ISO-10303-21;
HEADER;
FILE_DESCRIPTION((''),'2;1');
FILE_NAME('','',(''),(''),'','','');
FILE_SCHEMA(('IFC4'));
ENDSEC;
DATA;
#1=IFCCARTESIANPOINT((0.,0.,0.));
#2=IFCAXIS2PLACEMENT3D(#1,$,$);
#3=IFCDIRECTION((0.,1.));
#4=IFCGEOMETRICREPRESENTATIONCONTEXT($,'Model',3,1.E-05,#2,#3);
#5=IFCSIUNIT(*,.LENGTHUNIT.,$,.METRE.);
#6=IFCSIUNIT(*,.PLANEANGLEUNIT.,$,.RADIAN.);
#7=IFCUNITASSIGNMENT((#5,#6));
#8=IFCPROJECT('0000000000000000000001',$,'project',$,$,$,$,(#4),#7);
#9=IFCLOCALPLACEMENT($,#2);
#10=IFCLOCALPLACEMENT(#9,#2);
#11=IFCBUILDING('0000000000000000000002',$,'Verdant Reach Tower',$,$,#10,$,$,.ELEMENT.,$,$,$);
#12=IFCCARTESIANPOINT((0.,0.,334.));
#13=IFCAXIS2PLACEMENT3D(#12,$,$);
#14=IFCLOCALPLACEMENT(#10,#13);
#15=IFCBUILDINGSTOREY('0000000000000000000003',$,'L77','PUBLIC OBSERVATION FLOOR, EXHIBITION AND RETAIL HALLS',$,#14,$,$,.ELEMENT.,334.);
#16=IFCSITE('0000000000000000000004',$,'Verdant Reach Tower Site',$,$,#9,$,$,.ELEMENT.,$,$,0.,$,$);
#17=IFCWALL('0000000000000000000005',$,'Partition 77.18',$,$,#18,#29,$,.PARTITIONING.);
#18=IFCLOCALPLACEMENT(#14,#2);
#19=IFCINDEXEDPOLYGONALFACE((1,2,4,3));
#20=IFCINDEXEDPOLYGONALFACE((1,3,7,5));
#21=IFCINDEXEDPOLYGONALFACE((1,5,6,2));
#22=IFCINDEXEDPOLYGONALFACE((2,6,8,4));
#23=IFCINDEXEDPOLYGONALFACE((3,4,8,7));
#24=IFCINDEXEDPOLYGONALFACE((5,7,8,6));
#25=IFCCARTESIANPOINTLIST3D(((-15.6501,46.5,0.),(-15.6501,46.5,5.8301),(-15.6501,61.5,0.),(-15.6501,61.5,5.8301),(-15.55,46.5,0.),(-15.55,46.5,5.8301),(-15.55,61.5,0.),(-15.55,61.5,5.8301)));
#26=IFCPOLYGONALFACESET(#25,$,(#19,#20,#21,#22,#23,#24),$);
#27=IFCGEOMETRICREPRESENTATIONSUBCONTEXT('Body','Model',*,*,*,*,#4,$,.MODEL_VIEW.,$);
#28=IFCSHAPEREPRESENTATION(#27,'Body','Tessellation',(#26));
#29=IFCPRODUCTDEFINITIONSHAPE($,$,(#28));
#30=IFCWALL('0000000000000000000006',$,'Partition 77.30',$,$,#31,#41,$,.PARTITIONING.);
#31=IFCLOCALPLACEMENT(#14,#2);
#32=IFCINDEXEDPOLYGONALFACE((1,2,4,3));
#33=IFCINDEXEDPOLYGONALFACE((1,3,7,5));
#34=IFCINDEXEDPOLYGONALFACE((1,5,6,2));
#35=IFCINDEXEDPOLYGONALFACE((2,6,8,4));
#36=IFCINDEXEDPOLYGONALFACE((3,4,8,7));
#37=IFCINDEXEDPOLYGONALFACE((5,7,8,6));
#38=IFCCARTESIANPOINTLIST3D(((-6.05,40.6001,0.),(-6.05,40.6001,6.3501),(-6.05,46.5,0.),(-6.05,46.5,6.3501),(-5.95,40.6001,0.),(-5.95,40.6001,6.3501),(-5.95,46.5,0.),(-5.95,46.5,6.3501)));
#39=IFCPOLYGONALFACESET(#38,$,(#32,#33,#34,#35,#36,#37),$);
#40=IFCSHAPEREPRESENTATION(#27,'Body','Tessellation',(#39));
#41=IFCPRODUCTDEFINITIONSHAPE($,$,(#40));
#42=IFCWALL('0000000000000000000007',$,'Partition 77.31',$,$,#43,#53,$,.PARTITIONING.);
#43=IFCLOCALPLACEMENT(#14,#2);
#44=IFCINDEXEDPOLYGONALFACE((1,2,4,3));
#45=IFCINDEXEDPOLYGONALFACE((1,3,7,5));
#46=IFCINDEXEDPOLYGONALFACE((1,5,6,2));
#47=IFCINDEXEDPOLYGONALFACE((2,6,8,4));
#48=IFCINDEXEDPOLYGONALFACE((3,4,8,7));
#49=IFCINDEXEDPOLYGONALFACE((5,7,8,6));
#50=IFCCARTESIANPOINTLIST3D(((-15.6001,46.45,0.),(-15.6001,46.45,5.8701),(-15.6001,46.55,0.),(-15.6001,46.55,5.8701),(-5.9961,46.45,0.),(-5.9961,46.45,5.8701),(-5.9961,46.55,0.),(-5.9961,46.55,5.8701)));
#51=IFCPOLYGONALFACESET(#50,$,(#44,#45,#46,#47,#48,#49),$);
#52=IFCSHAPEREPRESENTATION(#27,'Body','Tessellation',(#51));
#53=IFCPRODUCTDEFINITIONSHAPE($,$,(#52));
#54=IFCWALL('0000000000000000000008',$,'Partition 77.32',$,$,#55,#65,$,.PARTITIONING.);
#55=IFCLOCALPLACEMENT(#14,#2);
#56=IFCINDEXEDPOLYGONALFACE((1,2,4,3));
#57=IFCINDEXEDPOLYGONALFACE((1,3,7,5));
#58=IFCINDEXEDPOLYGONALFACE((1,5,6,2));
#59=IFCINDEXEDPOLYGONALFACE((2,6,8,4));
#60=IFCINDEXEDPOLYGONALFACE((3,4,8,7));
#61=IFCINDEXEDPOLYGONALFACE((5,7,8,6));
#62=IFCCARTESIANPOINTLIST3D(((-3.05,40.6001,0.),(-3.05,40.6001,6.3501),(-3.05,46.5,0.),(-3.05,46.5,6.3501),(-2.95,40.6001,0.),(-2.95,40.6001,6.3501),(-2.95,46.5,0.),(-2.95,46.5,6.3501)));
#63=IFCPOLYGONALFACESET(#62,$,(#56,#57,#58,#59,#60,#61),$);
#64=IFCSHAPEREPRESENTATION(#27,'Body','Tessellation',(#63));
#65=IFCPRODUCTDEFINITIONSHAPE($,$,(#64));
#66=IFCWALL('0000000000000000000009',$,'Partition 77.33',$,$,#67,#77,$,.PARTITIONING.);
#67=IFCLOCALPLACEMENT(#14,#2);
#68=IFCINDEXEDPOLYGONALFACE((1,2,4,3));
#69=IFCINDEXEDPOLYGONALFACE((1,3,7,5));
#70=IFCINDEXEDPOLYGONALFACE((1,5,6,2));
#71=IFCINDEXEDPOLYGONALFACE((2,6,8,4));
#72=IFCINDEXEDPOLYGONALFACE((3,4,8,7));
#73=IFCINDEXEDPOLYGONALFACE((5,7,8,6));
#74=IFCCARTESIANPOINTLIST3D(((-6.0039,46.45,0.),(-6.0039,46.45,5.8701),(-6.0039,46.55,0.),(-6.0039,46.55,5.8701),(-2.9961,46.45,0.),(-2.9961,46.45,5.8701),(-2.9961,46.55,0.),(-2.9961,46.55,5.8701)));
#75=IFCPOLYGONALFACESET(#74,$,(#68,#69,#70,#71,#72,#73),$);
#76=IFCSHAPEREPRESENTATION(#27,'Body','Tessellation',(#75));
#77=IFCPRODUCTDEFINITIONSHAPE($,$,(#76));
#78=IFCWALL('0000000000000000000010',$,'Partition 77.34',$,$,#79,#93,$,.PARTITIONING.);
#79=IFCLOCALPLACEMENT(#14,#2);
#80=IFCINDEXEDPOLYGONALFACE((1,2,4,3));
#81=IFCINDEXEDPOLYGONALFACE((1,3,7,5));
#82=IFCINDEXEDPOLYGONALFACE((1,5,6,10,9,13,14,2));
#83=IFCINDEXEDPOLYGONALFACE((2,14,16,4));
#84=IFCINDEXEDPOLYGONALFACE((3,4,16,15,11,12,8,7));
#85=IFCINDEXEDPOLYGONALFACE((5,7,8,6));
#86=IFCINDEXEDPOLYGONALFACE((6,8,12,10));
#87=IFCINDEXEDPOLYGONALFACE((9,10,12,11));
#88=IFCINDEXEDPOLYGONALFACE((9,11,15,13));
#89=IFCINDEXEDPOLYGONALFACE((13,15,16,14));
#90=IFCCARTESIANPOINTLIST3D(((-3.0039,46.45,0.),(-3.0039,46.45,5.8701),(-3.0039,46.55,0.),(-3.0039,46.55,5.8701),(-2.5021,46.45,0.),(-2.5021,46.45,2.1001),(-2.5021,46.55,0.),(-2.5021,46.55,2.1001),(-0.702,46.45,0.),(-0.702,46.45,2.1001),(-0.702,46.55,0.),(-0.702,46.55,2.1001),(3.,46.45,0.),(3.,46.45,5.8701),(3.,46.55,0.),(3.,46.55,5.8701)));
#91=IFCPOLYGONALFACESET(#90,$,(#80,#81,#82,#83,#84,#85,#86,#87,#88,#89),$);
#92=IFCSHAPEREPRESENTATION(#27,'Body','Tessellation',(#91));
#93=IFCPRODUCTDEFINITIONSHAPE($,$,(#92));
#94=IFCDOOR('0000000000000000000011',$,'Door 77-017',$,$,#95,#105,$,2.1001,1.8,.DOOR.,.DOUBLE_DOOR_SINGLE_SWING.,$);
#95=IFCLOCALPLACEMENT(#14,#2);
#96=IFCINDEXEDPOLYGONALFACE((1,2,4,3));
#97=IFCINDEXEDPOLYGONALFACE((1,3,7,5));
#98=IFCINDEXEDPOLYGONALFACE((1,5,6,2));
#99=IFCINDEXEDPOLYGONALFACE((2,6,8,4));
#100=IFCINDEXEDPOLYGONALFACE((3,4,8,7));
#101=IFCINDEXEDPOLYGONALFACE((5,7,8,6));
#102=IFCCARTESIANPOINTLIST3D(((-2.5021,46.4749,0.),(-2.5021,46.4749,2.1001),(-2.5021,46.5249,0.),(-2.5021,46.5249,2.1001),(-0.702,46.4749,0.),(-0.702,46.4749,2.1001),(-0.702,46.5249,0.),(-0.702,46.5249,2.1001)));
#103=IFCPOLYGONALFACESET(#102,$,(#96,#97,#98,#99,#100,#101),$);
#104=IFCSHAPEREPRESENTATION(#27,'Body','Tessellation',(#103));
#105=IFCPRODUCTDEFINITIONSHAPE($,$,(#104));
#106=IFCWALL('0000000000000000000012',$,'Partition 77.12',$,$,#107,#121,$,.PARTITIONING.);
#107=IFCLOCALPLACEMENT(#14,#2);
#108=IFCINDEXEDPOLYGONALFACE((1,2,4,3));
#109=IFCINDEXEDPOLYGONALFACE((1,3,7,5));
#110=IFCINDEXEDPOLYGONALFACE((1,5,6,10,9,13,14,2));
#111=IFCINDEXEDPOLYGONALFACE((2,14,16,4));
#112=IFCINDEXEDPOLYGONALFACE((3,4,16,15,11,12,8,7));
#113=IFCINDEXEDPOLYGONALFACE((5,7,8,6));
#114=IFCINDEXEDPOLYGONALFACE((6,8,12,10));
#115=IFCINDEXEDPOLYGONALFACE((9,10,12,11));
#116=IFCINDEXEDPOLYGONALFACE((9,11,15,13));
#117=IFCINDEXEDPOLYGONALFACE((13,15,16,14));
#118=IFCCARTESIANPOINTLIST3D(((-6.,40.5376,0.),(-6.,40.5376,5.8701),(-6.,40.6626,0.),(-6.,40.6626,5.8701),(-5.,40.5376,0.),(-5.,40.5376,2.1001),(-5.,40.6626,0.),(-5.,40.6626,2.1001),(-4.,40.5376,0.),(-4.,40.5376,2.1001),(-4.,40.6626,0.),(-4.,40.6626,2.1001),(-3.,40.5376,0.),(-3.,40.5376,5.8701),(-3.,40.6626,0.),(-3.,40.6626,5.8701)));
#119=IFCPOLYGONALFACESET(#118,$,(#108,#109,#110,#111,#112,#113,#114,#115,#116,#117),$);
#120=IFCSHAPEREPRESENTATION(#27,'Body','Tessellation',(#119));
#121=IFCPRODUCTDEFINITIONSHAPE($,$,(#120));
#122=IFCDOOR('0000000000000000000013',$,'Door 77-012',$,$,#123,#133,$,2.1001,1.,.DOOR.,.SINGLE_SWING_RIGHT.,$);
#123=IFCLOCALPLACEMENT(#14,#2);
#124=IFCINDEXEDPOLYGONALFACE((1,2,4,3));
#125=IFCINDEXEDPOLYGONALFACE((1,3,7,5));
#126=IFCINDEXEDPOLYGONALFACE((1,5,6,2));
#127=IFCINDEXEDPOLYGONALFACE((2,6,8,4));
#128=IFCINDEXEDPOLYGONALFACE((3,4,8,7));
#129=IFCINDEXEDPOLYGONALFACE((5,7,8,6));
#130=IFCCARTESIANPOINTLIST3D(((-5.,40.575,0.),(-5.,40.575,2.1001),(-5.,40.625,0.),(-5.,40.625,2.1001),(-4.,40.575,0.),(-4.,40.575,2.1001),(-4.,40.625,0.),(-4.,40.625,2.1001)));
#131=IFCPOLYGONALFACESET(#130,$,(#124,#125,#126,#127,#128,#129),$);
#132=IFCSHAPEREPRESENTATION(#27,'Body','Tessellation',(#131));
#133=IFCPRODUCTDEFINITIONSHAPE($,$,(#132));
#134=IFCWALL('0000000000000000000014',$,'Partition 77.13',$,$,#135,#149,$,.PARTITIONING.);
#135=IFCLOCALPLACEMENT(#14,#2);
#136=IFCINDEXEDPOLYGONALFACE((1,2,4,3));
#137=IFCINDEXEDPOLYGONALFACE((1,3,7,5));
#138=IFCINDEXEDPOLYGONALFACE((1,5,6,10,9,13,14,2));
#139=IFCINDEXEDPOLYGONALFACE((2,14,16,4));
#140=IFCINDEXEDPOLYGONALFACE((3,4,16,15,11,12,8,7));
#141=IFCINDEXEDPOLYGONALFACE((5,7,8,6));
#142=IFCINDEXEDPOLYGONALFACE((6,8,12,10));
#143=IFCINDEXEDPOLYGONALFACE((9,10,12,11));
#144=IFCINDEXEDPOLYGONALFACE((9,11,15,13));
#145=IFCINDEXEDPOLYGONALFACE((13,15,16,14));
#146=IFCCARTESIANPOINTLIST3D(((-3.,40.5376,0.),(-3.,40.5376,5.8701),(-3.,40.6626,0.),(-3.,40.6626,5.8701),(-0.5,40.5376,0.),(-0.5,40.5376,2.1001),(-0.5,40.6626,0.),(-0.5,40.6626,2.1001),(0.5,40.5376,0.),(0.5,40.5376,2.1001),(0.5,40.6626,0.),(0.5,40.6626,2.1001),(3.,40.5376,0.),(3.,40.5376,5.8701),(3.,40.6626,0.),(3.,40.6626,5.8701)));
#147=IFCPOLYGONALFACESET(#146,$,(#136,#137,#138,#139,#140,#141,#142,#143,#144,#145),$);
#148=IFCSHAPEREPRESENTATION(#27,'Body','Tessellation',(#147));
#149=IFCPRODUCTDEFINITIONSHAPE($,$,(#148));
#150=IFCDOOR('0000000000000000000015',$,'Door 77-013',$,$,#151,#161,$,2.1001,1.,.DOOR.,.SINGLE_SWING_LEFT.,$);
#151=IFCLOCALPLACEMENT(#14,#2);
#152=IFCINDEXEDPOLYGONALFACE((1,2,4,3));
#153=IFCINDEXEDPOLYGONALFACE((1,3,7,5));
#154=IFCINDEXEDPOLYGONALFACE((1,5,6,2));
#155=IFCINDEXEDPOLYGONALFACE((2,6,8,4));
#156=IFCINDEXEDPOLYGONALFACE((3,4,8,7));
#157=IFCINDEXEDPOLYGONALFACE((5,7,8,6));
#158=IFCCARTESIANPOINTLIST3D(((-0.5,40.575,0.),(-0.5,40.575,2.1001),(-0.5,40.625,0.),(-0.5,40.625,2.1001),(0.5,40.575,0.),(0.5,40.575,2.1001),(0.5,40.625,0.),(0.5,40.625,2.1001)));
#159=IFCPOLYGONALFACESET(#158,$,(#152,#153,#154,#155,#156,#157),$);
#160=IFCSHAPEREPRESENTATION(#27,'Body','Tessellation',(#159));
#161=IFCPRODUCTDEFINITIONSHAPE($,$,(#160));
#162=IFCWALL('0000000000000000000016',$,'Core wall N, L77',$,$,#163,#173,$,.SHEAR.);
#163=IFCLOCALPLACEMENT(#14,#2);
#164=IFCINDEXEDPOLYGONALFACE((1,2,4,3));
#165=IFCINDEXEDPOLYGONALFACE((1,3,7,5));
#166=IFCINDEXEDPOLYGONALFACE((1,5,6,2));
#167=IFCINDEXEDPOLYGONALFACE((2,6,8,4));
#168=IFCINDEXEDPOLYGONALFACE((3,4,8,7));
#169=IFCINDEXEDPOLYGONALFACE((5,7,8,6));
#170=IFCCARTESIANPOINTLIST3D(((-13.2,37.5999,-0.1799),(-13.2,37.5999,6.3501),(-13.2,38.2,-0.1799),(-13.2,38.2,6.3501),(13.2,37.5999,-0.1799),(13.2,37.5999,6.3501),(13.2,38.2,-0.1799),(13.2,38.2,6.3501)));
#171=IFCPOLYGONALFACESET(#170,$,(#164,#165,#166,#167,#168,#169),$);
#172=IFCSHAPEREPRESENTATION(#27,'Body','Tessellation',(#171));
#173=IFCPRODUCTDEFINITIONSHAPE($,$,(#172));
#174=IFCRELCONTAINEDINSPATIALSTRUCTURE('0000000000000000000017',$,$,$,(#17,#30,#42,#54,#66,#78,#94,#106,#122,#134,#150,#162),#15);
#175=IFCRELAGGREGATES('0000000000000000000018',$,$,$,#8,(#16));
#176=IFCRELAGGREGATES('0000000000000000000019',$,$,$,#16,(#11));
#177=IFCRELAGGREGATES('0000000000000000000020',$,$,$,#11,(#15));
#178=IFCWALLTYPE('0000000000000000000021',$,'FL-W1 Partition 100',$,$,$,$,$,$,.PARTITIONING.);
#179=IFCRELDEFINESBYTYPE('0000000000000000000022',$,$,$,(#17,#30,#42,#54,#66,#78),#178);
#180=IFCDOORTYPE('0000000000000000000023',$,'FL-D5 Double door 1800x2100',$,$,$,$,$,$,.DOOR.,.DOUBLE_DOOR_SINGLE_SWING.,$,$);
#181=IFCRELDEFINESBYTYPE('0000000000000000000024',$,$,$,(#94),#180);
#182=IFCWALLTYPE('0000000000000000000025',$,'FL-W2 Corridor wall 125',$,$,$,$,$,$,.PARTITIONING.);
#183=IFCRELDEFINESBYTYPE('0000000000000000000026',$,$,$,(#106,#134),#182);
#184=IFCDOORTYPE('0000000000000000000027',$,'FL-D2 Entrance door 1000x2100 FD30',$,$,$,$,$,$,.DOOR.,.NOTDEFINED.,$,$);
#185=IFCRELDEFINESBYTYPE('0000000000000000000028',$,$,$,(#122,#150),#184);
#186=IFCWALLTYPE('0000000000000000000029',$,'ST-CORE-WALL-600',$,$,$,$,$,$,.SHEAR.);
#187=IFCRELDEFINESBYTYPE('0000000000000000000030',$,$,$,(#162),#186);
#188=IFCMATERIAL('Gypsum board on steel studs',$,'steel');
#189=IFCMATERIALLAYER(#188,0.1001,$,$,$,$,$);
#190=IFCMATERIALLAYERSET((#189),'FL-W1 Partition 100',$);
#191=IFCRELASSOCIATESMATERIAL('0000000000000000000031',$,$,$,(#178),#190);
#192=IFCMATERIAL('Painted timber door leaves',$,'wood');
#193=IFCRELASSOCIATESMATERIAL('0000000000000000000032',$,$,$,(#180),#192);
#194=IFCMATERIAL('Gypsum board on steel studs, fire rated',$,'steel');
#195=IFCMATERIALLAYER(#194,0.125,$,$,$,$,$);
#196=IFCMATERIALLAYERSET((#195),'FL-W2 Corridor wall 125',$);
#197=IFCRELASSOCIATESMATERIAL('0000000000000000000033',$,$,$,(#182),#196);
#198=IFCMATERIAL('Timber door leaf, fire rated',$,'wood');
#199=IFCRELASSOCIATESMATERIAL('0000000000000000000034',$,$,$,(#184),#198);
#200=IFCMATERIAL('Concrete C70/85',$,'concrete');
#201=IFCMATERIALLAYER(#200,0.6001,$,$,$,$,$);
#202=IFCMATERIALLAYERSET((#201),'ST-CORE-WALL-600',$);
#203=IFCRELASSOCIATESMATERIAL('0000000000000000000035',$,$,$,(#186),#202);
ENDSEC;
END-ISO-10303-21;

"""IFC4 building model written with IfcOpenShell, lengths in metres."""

from ifc_helpers import new_model, si_unit, direction, frame, frame_2d, origin, place, context, subcontext, project, spatial, rectangle, extrude, material, layer, layer_set, type_object, element, fill, save


model = new_model("IFC4")

# Units and contexts
model_context = context("Model", 3, precision=1e-05, world=origin(), true_north=direction((0.0, 1.0)))
body_context = subcontext(model_context, "Body", "Model", "MODEL_VIEW")
ifc_project = project(units=[si_unit("LENGTHUNIT", "METRE"), si_unit("PLANEANGLEUNIT", "RADIAN")], contexts=[model_context])

# Site, building, storey
site_placement = place(None, origin())
site = spatial("IfcSite", under=ifc_project, at=site_placement, Name="Verdant Reach Tower Site", CompositionType="ELEMENT", RefElevation=0.0)
building_placement = place(site_placement, origin())
building = spatial("IfcBuilding", under=site, at=building_placement, Name="Verdant Reach Tower", CompositionType="ELEMENT")
storey_placement = place(building_placement, frame((0.0, 0.0, 334.0)))
storey = spatial("IfcBuildingStorey", under=building, at=storey_placement, Name="L77", Description="PUBLIC OBSERVATION FLOOR, EXHIBITION AND RETAIL HALLS", CompositionType="ELEMENT", Elevation=334.0)

# Walls
ifc_material_1 = material(Name="Gypsum board on steel studs", Category="steel")
ifc_layer_1 = layer(ifc_material_1, 0.1001)
ifc_layer_set_1 = layer_set([ifc_layer_1], Name="FL-W1 Partition 100")
wall_type_1 = type_object("IfcWallType", Name="FL-W1 Partition 100", PredefinedType="PARTITIONING", material=ifc_layer_set_1)
wall_1_placement = place(storey_placement, frame((-15.6001, 46.5, 0.0), z_axis=(0.0, 0.0, 1.0), x_axis=(0.0, 1.0, 0.0)))
element("IfcWall", 1, at=wall_1_placement, inside=storey, type_object=wall_type_1, Name="Partition 77.18", PredefinedType="PARTITIONING", context=body_context, shape_type="SweptSolid", body=[
    extrude(rectangle(XDim=15.0, YDim=0.1001, at=frame_2d((7.5, 0.0))), origin(), (0.0, 0.0, 1.0), 5.8301),
])
wall_2_placement = place(storey_placement, frame((-6.0, 40.6001, 0.0), z_axis=(0.0, 0.0, 1.0), x_axis=(0.0, 1.0, 0.0)))
element("IfcWall", 2, at=wall_2_placement, inside=storey, type_object=wall_type_1, Name="Partition 77.30", PredefinedType="PARTITIONING", context=body_context, shape_type="SweptSolid", body=[
    extrude(rectangle(XDim=5.8999, YDim=0.1001, at=frame_2d((2.95, 0.0))), origin(), (0.0, 0.0, 1.0), 6.3501),
])
wall_3_placement = place(storey_placement, frame((-5.9961, 46.5, 0.0), z_axis=(0.0, 0.0, 1.0), x_axis=(-1.0, 0.0, 0.0)))
element("IfcWall", 3, at=wall_3_placement, inside=storey, type_object=wall_type_1, Name="Partition 77.31", PredefinedType="PARTITIONING", context=body_context, shape_type="SweptSolid", body=[
    extrude(rectangle(XDim=9.604, YDim=0.1001, at=frame_2d((4.802, 0.0))), origin(), (0.0, 0.0, 1.0), 5.8701),
])
wall_4_placement = place(storey_placement, frame((-3.0, 40.6001, 0.0), z_axis=(0.0, 0.0, 1.0), x_axis=(0.0, 1.0, 0.0)))
element("IfcWall", 4, at=wall_4_placement, inside=storey, type_object=wall_type_1, Name="Partition 77.32", PredefinedType="PARTITIONING", context=body_context, shape_type="SweptSolid", body=[
    extrude(rectangle(XDim=5.8999, YDim=0.1001, at=frame_2d((2.95, 0.0))), origin(), (0.0, 0.0, 1.0), 6.3501),
])
wall_5_placement = place(storey_placement, frame((-2.9961, 46.5, 0.0), z_axis=(0.0, 0.0, 1.0), x_axis=(-1.0, 0.0, 0.0)))
element("IfcWall", 5, at=wall_5_placement, inside=storey, type_object=wall_type_1, Name="Partition 77.33", PredefinedType="PARTITIONING", context=body_context, shape_type="SweptSolid", body=[
    extrude(rectangle(XDim=3.0078, YDim=0.1001, at=frame_2d((1.5039, 0.0))), origin(), (0.0, 0.0, 1.0), 5.8701),
])

# Walls, openings, doors
wall_6_placement = place(storey_placement, frame((-3.0039, 46.5, 0.0), z_axis=(0.0, 0.0, 1.0), x_axis=(1.0, 0.0, 0.0)))
wall_6 = element("IfcWall", 6, at=wall_6_placement, inside=storey, type_object=wall_type_1, Name="Partition 77.34", PredefinedType="PARTITIONING", context=body_context, shape_type="SweptSolid", body=[
    extrude(rectangle(XDim=6.0039, YDim=0.1001, at=frame_2d((3.002, 0.0))), origin(), (0.0, 0.0, 1.0), 5.8701),
])
opening_1_placement = place(wall_6_placement, frame((0.502, 0.0, 0.0)))
opening_1 = element("IfcOpeningElement", 7, at=opening_1_placement, cuts=wall_6, PredefinedType="OPENING", context=body_context, shape_type="SweptSolid", body=[
    extrude(rectangle(XDim=1.8, YDim=2.1001, at=frame_2d((0.8999, 1.05))), frame((0.0, 0.0601, 0.0), z_axis=(0.0, -1.0, 0.0), x_axis=(1.0, 0.0, 0.0)), (0.0, 0.0, 1.0), 0.1201),
])
ifc_material_2 = material(Name="Painted timber door leaves", Category="wood")
door_type_1 = type_object("IfcDoorType", Name="FL-D5 Double door 1800x2100", OperationType="DOUBLE_DOOR_SINGLE_SWING", PredefinedType="DOOR", material=ifc_material_2)
door_1_placement = place(opening_1_placement, origin())
door_1 = element("IfcDoor", 8, at=door_1_placement, inside=storey, type_object=door_type_1, Name="Door 77-017", OperationType="DOUBLE_DOOR_SINGLE_SWING", OverallHeight=2.1001, OverallWidth=1.8, PredefinedType="DOOR", context=body_context, shape_type="SweptSolid", body=[
    extrude(rectangle(XDim=1.8, YDim=2.1001, at=frame_2d((0.8999, 1.05))), frame((0.0, 0.0249, 0.0), z_axis=(0.0, -1.0, 0.0), x_axis=(1.0, 0.0, 0.0)), (0.0, 0.0, 1.0), 0.05),
])
fill(opening_1, door_1)
ifc_material_3 = material(Name="Gypsum board on steel studs, fire rated", Category="steel")
ifc_layer_2 = layer(ifc_material_3, 0.125)
ifc_layer_set_2 = layer_set([ifc_layer_2], Name="FL-W2 Corridor wall 125")
wall_type_2 = type_object("IfcWallType", Name="FL-W2 Corridor wall 125", PredefinedType="PARTITIONING", material=ifc_layer_set_2)
wall_7_placement = place(storey_placement, frame((-6.0, 40.6001, 0.0), z_axis=(0.0, 0.0, 1.0), x_axis=(1.0, 0.0, 0.0)))
wall_7 = element("IfcWall", 9, at=wall_7_placement, inside=storey, type_object=wall_type_2, Name="Partition 77.12", PredefinedType="PARTITIONING", context=body_context, shape_type="SweptSolid", body=[
    extrude(rectangle(XDim=3.0, YDim=0.125, at=frame_2d((1.5, 0.0))), origin(), (0.0, 0.0, 1.0), 5.8701),
])
opening_2_placement = place(wall_7_placement, frame((1.0, 0.0, 0.0)))
opening_2 = element("IfcOpeningElement", 10, at=opening_2_placement, cuts=wall_7, PredefinedType="OPENING", context=body_context, shape_type="SweptSolid", body=[
    extrude(rectangle(XDim=1.0, YDim=2.1001, at=frame_2d((0.5, 1.05))), frame((0.0, 0.0725, 0.0), z_axis=(0.0, -1.0, 0.0), x_axis=(1.0, 0.0, 0.0)), (0.0, 0.0, 1.0), 0.145),
])
ifc_material_4 = material(Name="Timber door leaf, fire rated", Category="wood")
door_type_2 = type_object("IfcDoorType", Name="FL-D2 Entrance door 1000x2100 FD30", OperationType="NOTDEFINED", PredefinedType="DOOR", material=ifc_material_4)
door_2_placement = place(opening_2_placement, origin())
door_2 = element("IfcDoor", 11, at=door_2_placement, inside=storey, type_object=door_type_2, Name="Door 77-012", OperationType="SINGLE_SWING_RIGHT", OverallHeight=2.1001, OverallWidth=1.0, PredefinedType="DOOR", context=body_context, shape_type="SweptSolid", body=[
    extrude(rectangle(XDim=1.0, YDim=2.1001, at=frame_2d((0.5, 1.05))), frame((0.0, 0.0249, 0.0), z_axis=(0.0, -1.0, 0.0), x_axis=(1.0, 0.0, 0.0)), (0.0, 0.0, 1.0), 0.05),
])
fill(opening_2, door_2)
wall_8_placement = place(storey_placement, frame((-3.0, 40.6001, 0.0), z_axis=(0.0, 0.0, 1.0), x_axis=(1.0, 0.0, 0.0)))
wall_8 = element("IfcWall", 12, at=wall_8_placement, inside=storey, type_object=wall_type_2, Name="Partition 77.13", PredefinedType="PARTITIONING", context=body_context, shape_type="SweptSolid", body=[
    extrude(rectangle(XDim=6.0, YDim=0.125, at=frame_2d((3.0, 0.0))), origin(), (0.0, 0.0, 1.0), 5.8701),
])
opening_3_placement = place(wall_8_placement, frame((2.5, 0.0, 0.0)))
opening_3 = element("IfcOpeningElement", 13, at=opening_3_placement, cuts=wall_8, PredefinedType="OPENING", context=body_context, shape_type="SweptSolid", body=[
    extrude(rectangle(XDim=1.0, YDim=2.1001, at=frame_2d((0.5, 1.05))), frame((0.0, 0.0725, 0.0), z_axis=(0.0, -1.0, 0.0), x_axis=(1.0, 0.0, 0.0)), (0.0, 0.0, 1.0), 0.145),
])
door_3_placement = place(opening_3_placement, origin())
door_3 = element("IfcDoor", 14, at=door_3_placement, inside=storey, type_object=door_type_2, Name="Door 77-013", OperationType="SINGLE_SWING_LEFT", OverallHeight=2.1001, OverallWidth=1.0, PredefinedType="DOOR", context=body_context, shape_type="SweptSolid", body=[
    extrude(rectangle(XDim=1.0, YDim=2.1001, at=frame_2d((0.5, 1.05))), frame((0.0, 0.0249, 0.0), z_axis=(0.0, -1.0, 0.0), x_axis=(1.0, 0.0, 0.0)), (0.0, 0.0, 1.0), 0.05),
])
fill(opening_3, door_3)

# Wall
ifc_material_5 = material(Name="Concrete C70/85", Category="concrete")
ifc_layer_3 = layer(ifc_material_5, 0.6001)
ifc_layer_set_3 = layer_set([ifc_layer_3], Name="ST-CORE-WALL-600")
wall_type_3 = type_object("IfcWallType", Name="ST-CORE-WALL-600", PredefinedType="SHEAR", material=ifc_layer_set_3)
wall_9_placement = place(storey_placement, frame((-13.2, 37.8999, -0.1799), z_axis=(0.0, 0.0, 1.0), x_axis=(1.0, 0.0, 0.0)))
element("IfcWall", 15, at=wall_9_placement, inside=storey, type_object=wall_type_3, Name="Core wall N, L77", PredefinedType="SHEAR", context=body_context, shape_type="SweptSolid", body=[
    extrude(rectangle(XDim=26.3999, YDim=0.6001, at=frame_2d((13.2, 0.0))), origin(), (0.0, 0.0, 1.0), 6.53),
])

save(model, "model.ifc")
